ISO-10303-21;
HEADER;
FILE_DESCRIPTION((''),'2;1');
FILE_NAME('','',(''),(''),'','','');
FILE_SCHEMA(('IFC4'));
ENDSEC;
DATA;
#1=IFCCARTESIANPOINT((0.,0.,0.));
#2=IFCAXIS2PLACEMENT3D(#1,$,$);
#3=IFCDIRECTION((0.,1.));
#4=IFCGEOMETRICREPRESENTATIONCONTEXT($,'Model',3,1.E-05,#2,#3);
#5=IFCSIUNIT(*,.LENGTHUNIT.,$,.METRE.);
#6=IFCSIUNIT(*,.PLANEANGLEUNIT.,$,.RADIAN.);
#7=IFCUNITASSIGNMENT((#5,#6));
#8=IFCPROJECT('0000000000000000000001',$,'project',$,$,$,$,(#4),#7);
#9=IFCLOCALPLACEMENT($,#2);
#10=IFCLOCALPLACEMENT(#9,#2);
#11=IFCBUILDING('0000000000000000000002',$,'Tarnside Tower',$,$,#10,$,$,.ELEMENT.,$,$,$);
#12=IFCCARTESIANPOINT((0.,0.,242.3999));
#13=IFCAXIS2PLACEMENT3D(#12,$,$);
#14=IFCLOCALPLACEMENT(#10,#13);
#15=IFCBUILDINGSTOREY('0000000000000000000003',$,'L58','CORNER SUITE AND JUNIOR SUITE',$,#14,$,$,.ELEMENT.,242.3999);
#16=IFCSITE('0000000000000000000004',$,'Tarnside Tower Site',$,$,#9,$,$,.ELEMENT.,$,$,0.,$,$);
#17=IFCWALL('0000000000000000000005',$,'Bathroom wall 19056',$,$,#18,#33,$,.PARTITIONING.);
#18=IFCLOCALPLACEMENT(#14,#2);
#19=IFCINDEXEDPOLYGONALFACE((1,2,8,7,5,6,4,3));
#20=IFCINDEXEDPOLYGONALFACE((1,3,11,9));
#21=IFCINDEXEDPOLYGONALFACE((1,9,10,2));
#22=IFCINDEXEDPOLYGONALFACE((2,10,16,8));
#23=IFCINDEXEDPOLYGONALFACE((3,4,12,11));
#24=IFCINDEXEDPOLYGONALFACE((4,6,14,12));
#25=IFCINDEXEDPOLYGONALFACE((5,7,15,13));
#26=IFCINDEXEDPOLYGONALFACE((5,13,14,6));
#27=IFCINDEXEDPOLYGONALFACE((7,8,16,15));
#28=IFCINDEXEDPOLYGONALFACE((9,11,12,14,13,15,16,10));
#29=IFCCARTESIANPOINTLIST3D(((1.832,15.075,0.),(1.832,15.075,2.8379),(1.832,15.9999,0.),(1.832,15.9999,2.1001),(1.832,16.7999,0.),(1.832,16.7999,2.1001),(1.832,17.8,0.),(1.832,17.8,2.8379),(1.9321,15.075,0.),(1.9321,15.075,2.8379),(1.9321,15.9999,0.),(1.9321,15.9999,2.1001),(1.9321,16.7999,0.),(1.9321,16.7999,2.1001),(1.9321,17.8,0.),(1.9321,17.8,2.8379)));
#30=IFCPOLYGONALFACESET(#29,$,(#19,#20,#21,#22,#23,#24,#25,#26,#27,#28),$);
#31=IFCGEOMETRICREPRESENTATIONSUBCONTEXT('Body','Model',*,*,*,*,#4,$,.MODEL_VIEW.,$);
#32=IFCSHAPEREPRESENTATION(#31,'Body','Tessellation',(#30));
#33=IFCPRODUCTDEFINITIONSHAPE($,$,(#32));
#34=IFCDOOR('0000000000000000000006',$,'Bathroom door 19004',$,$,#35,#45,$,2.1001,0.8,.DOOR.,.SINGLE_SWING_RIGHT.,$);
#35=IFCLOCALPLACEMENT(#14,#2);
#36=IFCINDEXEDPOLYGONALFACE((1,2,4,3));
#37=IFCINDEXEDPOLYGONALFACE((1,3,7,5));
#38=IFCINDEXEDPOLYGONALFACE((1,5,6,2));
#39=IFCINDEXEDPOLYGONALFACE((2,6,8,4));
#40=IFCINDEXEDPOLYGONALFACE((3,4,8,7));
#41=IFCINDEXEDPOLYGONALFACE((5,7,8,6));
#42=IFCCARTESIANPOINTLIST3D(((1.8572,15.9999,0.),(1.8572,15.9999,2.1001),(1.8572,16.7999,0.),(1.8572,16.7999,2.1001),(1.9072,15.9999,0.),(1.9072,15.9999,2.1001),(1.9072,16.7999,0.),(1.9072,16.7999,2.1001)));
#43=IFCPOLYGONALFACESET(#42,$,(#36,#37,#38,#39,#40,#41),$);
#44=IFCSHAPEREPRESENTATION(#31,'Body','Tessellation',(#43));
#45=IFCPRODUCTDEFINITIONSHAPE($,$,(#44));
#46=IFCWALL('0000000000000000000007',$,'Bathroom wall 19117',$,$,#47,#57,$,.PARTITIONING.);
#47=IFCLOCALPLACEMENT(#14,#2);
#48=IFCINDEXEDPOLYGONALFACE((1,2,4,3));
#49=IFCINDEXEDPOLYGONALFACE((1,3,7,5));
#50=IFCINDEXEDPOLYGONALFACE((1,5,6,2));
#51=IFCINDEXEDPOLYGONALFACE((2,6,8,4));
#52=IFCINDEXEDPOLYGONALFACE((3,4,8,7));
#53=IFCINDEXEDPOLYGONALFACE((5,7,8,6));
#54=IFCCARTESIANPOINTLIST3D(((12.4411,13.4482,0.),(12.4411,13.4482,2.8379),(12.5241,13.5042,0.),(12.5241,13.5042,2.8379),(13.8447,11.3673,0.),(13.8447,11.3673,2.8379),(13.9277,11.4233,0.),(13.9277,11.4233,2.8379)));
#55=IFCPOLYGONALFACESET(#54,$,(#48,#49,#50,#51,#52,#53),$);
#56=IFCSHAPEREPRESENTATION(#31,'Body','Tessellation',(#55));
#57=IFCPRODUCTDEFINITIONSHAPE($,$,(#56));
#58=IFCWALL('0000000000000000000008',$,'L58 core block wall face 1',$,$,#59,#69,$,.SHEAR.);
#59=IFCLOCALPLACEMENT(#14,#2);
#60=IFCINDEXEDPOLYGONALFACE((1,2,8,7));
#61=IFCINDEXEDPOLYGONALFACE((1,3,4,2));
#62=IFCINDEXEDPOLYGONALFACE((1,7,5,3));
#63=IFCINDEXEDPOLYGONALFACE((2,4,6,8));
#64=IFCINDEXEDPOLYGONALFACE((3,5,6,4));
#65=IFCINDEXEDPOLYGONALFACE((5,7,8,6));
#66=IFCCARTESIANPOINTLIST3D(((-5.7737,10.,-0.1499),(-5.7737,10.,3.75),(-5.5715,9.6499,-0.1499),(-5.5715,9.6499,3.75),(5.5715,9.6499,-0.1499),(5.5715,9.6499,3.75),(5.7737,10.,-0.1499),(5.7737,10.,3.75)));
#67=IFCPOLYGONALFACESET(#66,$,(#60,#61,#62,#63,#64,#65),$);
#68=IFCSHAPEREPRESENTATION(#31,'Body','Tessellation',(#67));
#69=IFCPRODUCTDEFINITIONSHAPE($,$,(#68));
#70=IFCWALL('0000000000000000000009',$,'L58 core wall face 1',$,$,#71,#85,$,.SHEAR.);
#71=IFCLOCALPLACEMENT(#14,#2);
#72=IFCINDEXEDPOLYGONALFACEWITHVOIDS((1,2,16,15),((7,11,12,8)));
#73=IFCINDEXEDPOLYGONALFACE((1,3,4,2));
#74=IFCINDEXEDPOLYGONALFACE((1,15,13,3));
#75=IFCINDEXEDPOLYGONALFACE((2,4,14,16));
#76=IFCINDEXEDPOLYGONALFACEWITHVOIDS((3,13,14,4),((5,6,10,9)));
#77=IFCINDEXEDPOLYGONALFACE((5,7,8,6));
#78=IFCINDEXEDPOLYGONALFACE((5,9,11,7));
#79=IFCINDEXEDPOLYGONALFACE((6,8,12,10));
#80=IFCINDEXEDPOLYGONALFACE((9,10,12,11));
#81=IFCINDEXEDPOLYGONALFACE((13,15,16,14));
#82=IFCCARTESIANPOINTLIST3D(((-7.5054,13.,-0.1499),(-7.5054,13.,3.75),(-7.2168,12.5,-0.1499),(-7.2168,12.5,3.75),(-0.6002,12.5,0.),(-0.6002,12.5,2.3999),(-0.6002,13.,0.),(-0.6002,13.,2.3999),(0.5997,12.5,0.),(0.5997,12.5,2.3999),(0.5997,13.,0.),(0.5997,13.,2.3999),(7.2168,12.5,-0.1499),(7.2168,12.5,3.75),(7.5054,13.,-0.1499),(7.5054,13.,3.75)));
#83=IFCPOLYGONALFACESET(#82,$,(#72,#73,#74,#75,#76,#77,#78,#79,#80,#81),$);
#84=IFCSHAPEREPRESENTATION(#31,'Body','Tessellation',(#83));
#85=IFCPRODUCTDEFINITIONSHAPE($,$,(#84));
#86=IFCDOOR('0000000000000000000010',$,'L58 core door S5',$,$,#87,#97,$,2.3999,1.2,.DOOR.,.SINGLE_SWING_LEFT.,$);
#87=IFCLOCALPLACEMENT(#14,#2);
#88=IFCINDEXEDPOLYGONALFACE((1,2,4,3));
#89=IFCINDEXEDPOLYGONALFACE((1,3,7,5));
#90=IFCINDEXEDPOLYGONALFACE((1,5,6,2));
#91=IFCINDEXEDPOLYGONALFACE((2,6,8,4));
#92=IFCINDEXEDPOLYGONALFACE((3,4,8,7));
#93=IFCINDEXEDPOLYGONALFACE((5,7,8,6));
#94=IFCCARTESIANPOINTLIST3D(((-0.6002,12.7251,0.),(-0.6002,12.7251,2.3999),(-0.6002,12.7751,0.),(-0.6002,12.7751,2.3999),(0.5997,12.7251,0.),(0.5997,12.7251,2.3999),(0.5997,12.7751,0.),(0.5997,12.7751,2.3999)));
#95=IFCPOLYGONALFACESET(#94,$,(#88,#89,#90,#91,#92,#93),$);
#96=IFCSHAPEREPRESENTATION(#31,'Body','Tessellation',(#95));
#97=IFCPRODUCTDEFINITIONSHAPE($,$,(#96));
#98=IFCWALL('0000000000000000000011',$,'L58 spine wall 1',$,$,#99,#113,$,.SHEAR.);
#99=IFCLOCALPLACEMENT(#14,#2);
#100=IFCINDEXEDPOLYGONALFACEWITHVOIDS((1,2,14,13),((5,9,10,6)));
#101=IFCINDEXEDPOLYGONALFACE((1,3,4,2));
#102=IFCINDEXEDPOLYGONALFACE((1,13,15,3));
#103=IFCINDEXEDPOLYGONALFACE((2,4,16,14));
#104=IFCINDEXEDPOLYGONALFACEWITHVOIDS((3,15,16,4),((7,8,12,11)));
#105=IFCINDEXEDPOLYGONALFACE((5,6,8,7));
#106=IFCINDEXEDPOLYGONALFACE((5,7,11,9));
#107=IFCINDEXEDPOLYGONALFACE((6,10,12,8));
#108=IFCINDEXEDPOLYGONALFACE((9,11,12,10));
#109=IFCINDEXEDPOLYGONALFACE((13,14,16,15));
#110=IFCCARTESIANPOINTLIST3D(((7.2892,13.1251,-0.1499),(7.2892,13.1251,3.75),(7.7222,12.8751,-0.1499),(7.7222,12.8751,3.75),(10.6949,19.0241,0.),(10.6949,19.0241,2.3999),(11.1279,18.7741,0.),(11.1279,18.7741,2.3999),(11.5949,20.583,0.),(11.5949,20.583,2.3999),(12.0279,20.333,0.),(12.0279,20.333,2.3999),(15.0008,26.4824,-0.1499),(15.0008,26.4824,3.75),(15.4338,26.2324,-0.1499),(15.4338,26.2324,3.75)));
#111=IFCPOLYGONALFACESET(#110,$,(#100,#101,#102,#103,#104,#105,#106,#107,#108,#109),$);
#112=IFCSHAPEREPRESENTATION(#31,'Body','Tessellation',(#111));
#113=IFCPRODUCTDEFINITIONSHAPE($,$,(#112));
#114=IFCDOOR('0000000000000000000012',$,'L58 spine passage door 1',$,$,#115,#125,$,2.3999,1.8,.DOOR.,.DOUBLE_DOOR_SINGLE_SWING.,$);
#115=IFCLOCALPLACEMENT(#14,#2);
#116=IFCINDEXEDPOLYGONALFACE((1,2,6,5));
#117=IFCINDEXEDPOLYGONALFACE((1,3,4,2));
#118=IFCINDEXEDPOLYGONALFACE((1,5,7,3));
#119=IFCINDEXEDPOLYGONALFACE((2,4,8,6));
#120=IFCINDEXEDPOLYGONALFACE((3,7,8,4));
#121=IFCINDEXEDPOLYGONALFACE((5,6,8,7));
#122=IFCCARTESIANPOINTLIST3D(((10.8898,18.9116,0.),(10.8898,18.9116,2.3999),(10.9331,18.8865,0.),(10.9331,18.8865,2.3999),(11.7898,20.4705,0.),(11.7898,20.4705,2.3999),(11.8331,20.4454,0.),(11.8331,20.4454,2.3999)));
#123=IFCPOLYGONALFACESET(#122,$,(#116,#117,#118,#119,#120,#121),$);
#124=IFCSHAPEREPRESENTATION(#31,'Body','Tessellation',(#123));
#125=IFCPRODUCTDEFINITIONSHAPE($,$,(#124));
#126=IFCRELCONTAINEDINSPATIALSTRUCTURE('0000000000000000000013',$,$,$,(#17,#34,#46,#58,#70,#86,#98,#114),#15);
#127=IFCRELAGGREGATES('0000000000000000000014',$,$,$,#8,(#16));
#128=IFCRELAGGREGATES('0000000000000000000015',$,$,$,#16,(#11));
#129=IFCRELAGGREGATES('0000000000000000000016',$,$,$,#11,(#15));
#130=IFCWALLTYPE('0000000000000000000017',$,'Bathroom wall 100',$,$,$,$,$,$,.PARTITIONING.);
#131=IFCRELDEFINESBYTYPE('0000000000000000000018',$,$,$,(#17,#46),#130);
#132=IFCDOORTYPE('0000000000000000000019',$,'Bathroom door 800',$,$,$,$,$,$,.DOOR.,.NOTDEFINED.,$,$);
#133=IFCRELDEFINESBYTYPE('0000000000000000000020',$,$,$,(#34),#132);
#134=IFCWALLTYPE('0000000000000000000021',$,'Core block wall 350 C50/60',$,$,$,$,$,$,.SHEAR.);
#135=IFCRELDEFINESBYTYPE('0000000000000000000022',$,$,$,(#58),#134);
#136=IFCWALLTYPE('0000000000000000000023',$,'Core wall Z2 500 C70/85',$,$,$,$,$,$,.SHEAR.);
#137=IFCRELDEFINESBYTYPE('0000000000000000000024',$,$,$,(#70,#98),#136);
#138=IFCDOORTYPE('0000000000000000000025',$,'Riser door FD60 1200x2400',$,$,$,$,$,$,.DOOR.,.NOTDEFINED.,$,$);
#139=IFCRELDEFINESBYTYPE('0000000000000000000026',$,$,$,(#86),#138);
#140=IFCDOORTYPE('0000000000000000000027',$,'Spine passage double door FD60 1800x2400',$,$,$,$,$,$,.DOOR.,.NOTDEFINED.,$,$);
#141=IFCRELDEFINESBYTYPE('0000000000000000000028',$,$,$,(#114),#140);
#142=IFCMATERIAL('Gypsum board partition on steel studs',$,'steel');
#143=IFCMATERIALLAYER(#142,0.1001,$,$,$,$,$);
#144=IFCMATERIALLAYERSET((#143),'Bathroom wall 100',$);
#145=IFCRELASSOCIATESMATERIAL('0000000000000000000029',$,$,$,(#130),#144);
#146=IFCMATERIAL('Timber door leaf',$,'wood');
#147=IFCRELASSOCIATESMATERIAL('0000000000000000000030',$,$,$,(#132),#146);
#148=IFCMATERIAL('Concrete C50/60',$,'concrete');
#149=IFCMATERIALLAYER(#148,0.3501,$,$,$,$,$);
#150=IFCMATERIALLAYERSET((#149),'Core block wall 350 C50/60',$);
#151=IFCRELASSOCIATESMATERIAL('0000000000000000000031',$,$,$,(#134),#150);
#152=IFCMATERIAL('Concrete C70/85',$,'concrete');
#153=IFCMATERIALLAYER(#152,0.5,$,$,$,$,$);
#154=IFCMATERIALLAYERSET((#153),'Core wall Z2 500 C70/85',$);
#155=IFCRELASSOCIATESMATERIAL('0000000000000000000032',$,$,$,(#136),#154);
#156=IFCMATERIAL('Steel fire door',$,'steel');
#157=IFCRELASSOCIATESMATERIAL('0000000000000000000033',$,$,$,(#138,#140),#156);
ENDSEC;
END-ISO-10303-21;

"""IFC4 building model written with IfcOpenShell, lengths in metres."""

from ifc_helpers import new_model, si_unit, direction, frame, frame_2d, origin, place, context, subcontext, project, spatial, polyline, rectangle, outline, extrude, material, layer, layer_set, type_object, element, fill, save


model = new_model("IFC4")

# Units and contexts
model_context = context("Model", 3, precision=1e-05, world=origin(), true_north=direction((0.0, 1.0)))
body_context = subcontext(model_context, "Body", "Model", "MODEL_VIEW")
ifc_project = project(units=[si_unit("LENGTHUNIT", "METRE"), si_unit("PLANEANGLEUNIT", "RADIAN")], contexts=[model_context])

# Site, building, storey
site_placement = place(None, origin())
site = spatial("IfcSite", under=ifc_project, at=site_placement, Name="Tarnside Tower Site", CompositionType="ELEMENT", RefElevation=0.0)
building_placement = place(site_placement, origin())
building = spatial("IfcBuilding", under=site, at=building_placement, Name="Tarnside Tower", CompositionType="ELEMENT")
storey_placement = place(building_placement, frame((0.0, 0.0, 242.3999)))
storey = spatial("IfcBuildingStorey", under=building, at=storey_placement, Name="L58", Description="CORNER SUITE AND JUNIOR SUITE", CompositionType="ELEMENT", Elevation=242.3999)

# Wall, opening, door
ifc_material_1 = material(Name="Gypsum board partition on steel studs", Category="steel")
ifc_layer_1 = layer(ifc_material_1, 0.1001)
ifc_layer_set_1 = layer_set([ifc_layer_1], Name="Bathroom wall 100")
wall_type_1 = type_object("IfcWallType", Name="Bathroom wall 100", PredefinedType="PARTITIONING", material=ifc_layer_set_1)
wall_1_placement = place(storey_placement, frame((1.8821, 15.075, 0.0), z_axis=(0.0, 0.0, 1.0), x_axis=(0.0, 1.0, 0.0)))
wall_1 = element("IfcWall", 1, at=wall_1_placement, inside=storey, type_object=wall_type_1, Name="Bathroom wall 19056", PredefinedType="PARTITIONING", context=body_context, shape_type="SweptSolid", body=[
    extrude(rectangle(XDim=2.7251, YDim=0.1001, at=frame_2d((1.3625, 0.0))), origin(), (0.0, 0.0, 1.0), 2.8379),
])
opening_1_placement = place(wall_1_placement, frame((0.925, 0.0, 0.0)))
opening_1 = element("IfcOpeningElement", 2, at=opening_1_placement, cuts=wall_1, PredefinedType="OPENING", context=body_context, shape_type="SweptSolid", body=[
    extrude(rectangle(XDim=0.8, YDim=2.1001, at=frame_2d((0.3999, 1.05))), frame((0.0, 0.0601, 0.0), z_axis=(0.0, -1.0, 0.0), x_axis=(1.0, 0.0, 0.0)), (0.0, 0.0, 1.0), 0.1201),
])
ifc_material_2 = material(Name="Timber door leaf", Category="wood")
door_type_1 = type_object("IfcDoorType", Name="Bathroom door 800", OperationType="NOTDEFINED", PredefinedType="DOOR", material=ifc_material_2)
door_1_placement = place(opening_1_placement, origin())
door_1 = element("IfcDoor", 3, at=door_1_placement, inside=storey, type_object=door_type_1, Name="Bathroom door 19004", OperationType="SINGLE_SWING_RIGHT", OverallHeight=2.1001, OverallWidth=0.8, PredefinedType="DOOR", context=body_context, shape_type="SweptSolid", body=[
    extrude(rectangle(XDim=0.8, YDim=2.1001, at=frame_2d((0.3999, 1.05))), frame((0.0, 0.0249, 0.0), z_axis=(0.0, -1.0, 0.0), x_axis=(1.0, 0.0, 0.0)), (0.0, 0.0, 1.0), 0.05),
])
fill(opening_1, door_1)

# Walls
wall_2_placement = place(storey_placement, frame((12.4827, 13.4761, 0.0), z_axis=(0.0, 0.0, 1.0), x_axis=(0.559204, -0.82903, 0.0)))
element("IfcWall", 4, at=wall_2_placement, inside=storey, type_object=wall_type_1, Name="Bathroom wall 19117", PredefinedType="PARTITIONING", context=body_context, shape_type="SweptSolid", body=[
    extrude(rectangle(XDim=2.51, YDim=0.1001, at=frame_2d((1.2549, 0.0))), origin(), (0.0, 0.0, 1.0), 2.8379),
])
ifc_material_3 = material(Name="Concrete C50/60", Category="concrete")
ifc_layer_2 = layer(ifc_material_3, 0.3501)
ifc_layer_set_2 = layer_set([ifc_layer_2], Name="Core block wall 350 C50/60")
wall_type_2 = type_object("IfcWallType", Name="Core block wall 350 C50/60", PredefinedType="SHEAR", material=ifc_layer_set_2)
wall_3_placement = place(storey_placement, frame((5.6726, 9.825, -0.1499), z_axis=(0.0, 0.0, 1.0), x_axis=(-1.0, 0.0, 0.0)))
element("IfcWall", 5, at=wall_3_placement, inside=storey, type_object=wall_type_2, Name="L58 core block wall face 1", PredefinedType="SHEAR", context=body_context, shape_type="SweptSolid", body=[
    extrude(outline(polyline([(-0.1011, -0.175), (11.4463, -0.175), (11.2441, 0.175), (0.1011, 0.175), (-0.1011, -0.175)])), origin(), (0.0, 0.0, 1.0), 3.8999),
])

# Walls, openings, doors
ifc_material_4 = material(Name="Concrete C70/85", Category="concrete")
ifc_layer_3 = layer(ifc_material_4, 0.5)
ifc_layer_set_3 = layer_set([ifc_layer_3], Name="Core wall Z2 500 C70/85")
wall_type_3 = type_object("IfcWallType", Name="Core wall Z2 500 C70/85", PredefinedType="SHEAR", material=ifc_layer_set_3)
wall_4_placement = place(storey_placement, frame((7.3611, 12.75, -0.1499), z_axis=(0.0, 0.0, 1.0), x_axis=(-1.0, 0.0, 0.0)))
wall_4 = element("IfcWall", 6, at=wall_4_placement, inside=storey, type_object=wall_type_3, Name="L58 core wall face 1", PredefinedType="SHEAR", context=body_context, shape_type="SweptSolid", body=[
    extrude(outline(polyline([(-0.1443, -0.25), (14.8665, -0.25), (14.5779, 0.25), (0.1443, 0.25), (-0.1443, -0.25)])), origin(), (0.0, 0.0, 1.0), 3.8999),
])
opening_2_placement = place(wall_4_placement, frame((6.7612, 0.0, 0.1499)))
opening_2 = element("IfcOpeningElement", 7, at=opening_2_placement, cuts=wall_4, PredefinedType="OPENING", context=body_context, shape_type="SweptSolid", body=[
    extrude(rectangle(XDim=1.2, YDim=2.3999, at=frame_2d((0.6001, 1.2))), frame((0.0, 0.26, 0.0), z_axis=(0.0, -1.0, 0.0), x_axis=(1.0, 0.0, 0.0)), (0.0, 0.0, 1.0), 0.52),
])
ifc_material_5 = material(Name="Steel fire door", Category="steel")
door_type_2 = type_object("IfcDoorType", Name="Riser door FD60 1200x2400", OperationType="NOTDEFINED", PredefinedType="DOOR", material=ifc_material_5)
door_2_placement = place(opening_2_placement, origin())
door_2 = element("IfcDoor", 8, at=door_2_placement, inside=storey, type_object=door_type_2, Name="L58 core door S5", OperationType="SINGLE_SWING_LEFT", OverallHeight=2.3999, OverallWidth=1.2, PredefinedType="DOOR", context=body_context, shape_type="SweptSolid", body=[
    extrude(rectangle(XDim=1.2, YDim=2.3999, at=frame_2d((0.6001, 1.2))), frame((0.0, 0.0249, 0.0), z_axis=(0.0, -1.0, 0.0), x_axis=(1.0, 0.0, 0.0)), (0.0, 0.0, 1.0), 0.05),
])
fill(opening_2, door_2)
wall_5_placement = place(storey_placement, frame((7.5056, 13.0, -0.1499), z_axis=(0.0, 0.0, 1.0), x_axis=(0.499988, 0.866032, 0.0)))
wall_5 = element("IfcWall", 9, at=wall_5_placement, inside=storey, type_object=wall_type_3, Name="L58 spine wall 1", PredefinedType="SHEAR", context=body_context, shape_type="SweptSolid", body=[
    extrude(rectangle(XDim=15.4236, YDim=0.5, at=frame_2d((7.7119, 0.0))), origin(), (0.0, 0.0, 1.0), 3.8999),
])
opening_3_placement = place(wall_5_placement, frame((6.8118, 0.0, 0.1499)))
opening_3 = element("IfcOpeningElement", 10, at=opening_3_placement, cuts=wall_5, PredefinedType="OPENING", context=body_context, shape_type="SweptSolid", body=[
    extrude(rectangle(XDim=1.8, YDim=2.3999, at=frame_2d((0.8999, 1.2))), frame((0.0, 0.26, 0.0), z_axis=(0.0, -1.0, 0.0), x_axis=(1.0, 0.0, 0.0)), (0.0, 0.0, 1.0), 0.52),
])
door_type_3 = type_object("IfcDoorType", Name="Spine passage double door FD60 1800x2400", OperationType="NOTDEFINED", PredefinedType="DOOR", material=ifc_material_5)
door_3_placement = place(opening_3_placement, origin())
door_3 = element("IfcDoor", 11, at=door_3_placement, inside=storey, type_object=door_type_3, Name="L58 spine passage door 1", OperationType="DOUBLE_DOOR_SINGLE_SWING", OverallHeight=2.3999, OverallWidth=1.8, PredefinedType="DOOR", context=body_context, shape_type="SweptSolid", body=[
    extrude(rectangle(XDim=1.8, YDim=2.3999, at=frame_2d((0.8999, 1.2))), frame((0.0, 0.0249, 0.0), z_axis=(0.0, -1.0, 0.0), x_axis=(1.0, 0.0, 0.0)), (0.0, 0.0, 1.0), 0.05),
])
fill(opening_3, door_3)

save(model, "model.ifc")
